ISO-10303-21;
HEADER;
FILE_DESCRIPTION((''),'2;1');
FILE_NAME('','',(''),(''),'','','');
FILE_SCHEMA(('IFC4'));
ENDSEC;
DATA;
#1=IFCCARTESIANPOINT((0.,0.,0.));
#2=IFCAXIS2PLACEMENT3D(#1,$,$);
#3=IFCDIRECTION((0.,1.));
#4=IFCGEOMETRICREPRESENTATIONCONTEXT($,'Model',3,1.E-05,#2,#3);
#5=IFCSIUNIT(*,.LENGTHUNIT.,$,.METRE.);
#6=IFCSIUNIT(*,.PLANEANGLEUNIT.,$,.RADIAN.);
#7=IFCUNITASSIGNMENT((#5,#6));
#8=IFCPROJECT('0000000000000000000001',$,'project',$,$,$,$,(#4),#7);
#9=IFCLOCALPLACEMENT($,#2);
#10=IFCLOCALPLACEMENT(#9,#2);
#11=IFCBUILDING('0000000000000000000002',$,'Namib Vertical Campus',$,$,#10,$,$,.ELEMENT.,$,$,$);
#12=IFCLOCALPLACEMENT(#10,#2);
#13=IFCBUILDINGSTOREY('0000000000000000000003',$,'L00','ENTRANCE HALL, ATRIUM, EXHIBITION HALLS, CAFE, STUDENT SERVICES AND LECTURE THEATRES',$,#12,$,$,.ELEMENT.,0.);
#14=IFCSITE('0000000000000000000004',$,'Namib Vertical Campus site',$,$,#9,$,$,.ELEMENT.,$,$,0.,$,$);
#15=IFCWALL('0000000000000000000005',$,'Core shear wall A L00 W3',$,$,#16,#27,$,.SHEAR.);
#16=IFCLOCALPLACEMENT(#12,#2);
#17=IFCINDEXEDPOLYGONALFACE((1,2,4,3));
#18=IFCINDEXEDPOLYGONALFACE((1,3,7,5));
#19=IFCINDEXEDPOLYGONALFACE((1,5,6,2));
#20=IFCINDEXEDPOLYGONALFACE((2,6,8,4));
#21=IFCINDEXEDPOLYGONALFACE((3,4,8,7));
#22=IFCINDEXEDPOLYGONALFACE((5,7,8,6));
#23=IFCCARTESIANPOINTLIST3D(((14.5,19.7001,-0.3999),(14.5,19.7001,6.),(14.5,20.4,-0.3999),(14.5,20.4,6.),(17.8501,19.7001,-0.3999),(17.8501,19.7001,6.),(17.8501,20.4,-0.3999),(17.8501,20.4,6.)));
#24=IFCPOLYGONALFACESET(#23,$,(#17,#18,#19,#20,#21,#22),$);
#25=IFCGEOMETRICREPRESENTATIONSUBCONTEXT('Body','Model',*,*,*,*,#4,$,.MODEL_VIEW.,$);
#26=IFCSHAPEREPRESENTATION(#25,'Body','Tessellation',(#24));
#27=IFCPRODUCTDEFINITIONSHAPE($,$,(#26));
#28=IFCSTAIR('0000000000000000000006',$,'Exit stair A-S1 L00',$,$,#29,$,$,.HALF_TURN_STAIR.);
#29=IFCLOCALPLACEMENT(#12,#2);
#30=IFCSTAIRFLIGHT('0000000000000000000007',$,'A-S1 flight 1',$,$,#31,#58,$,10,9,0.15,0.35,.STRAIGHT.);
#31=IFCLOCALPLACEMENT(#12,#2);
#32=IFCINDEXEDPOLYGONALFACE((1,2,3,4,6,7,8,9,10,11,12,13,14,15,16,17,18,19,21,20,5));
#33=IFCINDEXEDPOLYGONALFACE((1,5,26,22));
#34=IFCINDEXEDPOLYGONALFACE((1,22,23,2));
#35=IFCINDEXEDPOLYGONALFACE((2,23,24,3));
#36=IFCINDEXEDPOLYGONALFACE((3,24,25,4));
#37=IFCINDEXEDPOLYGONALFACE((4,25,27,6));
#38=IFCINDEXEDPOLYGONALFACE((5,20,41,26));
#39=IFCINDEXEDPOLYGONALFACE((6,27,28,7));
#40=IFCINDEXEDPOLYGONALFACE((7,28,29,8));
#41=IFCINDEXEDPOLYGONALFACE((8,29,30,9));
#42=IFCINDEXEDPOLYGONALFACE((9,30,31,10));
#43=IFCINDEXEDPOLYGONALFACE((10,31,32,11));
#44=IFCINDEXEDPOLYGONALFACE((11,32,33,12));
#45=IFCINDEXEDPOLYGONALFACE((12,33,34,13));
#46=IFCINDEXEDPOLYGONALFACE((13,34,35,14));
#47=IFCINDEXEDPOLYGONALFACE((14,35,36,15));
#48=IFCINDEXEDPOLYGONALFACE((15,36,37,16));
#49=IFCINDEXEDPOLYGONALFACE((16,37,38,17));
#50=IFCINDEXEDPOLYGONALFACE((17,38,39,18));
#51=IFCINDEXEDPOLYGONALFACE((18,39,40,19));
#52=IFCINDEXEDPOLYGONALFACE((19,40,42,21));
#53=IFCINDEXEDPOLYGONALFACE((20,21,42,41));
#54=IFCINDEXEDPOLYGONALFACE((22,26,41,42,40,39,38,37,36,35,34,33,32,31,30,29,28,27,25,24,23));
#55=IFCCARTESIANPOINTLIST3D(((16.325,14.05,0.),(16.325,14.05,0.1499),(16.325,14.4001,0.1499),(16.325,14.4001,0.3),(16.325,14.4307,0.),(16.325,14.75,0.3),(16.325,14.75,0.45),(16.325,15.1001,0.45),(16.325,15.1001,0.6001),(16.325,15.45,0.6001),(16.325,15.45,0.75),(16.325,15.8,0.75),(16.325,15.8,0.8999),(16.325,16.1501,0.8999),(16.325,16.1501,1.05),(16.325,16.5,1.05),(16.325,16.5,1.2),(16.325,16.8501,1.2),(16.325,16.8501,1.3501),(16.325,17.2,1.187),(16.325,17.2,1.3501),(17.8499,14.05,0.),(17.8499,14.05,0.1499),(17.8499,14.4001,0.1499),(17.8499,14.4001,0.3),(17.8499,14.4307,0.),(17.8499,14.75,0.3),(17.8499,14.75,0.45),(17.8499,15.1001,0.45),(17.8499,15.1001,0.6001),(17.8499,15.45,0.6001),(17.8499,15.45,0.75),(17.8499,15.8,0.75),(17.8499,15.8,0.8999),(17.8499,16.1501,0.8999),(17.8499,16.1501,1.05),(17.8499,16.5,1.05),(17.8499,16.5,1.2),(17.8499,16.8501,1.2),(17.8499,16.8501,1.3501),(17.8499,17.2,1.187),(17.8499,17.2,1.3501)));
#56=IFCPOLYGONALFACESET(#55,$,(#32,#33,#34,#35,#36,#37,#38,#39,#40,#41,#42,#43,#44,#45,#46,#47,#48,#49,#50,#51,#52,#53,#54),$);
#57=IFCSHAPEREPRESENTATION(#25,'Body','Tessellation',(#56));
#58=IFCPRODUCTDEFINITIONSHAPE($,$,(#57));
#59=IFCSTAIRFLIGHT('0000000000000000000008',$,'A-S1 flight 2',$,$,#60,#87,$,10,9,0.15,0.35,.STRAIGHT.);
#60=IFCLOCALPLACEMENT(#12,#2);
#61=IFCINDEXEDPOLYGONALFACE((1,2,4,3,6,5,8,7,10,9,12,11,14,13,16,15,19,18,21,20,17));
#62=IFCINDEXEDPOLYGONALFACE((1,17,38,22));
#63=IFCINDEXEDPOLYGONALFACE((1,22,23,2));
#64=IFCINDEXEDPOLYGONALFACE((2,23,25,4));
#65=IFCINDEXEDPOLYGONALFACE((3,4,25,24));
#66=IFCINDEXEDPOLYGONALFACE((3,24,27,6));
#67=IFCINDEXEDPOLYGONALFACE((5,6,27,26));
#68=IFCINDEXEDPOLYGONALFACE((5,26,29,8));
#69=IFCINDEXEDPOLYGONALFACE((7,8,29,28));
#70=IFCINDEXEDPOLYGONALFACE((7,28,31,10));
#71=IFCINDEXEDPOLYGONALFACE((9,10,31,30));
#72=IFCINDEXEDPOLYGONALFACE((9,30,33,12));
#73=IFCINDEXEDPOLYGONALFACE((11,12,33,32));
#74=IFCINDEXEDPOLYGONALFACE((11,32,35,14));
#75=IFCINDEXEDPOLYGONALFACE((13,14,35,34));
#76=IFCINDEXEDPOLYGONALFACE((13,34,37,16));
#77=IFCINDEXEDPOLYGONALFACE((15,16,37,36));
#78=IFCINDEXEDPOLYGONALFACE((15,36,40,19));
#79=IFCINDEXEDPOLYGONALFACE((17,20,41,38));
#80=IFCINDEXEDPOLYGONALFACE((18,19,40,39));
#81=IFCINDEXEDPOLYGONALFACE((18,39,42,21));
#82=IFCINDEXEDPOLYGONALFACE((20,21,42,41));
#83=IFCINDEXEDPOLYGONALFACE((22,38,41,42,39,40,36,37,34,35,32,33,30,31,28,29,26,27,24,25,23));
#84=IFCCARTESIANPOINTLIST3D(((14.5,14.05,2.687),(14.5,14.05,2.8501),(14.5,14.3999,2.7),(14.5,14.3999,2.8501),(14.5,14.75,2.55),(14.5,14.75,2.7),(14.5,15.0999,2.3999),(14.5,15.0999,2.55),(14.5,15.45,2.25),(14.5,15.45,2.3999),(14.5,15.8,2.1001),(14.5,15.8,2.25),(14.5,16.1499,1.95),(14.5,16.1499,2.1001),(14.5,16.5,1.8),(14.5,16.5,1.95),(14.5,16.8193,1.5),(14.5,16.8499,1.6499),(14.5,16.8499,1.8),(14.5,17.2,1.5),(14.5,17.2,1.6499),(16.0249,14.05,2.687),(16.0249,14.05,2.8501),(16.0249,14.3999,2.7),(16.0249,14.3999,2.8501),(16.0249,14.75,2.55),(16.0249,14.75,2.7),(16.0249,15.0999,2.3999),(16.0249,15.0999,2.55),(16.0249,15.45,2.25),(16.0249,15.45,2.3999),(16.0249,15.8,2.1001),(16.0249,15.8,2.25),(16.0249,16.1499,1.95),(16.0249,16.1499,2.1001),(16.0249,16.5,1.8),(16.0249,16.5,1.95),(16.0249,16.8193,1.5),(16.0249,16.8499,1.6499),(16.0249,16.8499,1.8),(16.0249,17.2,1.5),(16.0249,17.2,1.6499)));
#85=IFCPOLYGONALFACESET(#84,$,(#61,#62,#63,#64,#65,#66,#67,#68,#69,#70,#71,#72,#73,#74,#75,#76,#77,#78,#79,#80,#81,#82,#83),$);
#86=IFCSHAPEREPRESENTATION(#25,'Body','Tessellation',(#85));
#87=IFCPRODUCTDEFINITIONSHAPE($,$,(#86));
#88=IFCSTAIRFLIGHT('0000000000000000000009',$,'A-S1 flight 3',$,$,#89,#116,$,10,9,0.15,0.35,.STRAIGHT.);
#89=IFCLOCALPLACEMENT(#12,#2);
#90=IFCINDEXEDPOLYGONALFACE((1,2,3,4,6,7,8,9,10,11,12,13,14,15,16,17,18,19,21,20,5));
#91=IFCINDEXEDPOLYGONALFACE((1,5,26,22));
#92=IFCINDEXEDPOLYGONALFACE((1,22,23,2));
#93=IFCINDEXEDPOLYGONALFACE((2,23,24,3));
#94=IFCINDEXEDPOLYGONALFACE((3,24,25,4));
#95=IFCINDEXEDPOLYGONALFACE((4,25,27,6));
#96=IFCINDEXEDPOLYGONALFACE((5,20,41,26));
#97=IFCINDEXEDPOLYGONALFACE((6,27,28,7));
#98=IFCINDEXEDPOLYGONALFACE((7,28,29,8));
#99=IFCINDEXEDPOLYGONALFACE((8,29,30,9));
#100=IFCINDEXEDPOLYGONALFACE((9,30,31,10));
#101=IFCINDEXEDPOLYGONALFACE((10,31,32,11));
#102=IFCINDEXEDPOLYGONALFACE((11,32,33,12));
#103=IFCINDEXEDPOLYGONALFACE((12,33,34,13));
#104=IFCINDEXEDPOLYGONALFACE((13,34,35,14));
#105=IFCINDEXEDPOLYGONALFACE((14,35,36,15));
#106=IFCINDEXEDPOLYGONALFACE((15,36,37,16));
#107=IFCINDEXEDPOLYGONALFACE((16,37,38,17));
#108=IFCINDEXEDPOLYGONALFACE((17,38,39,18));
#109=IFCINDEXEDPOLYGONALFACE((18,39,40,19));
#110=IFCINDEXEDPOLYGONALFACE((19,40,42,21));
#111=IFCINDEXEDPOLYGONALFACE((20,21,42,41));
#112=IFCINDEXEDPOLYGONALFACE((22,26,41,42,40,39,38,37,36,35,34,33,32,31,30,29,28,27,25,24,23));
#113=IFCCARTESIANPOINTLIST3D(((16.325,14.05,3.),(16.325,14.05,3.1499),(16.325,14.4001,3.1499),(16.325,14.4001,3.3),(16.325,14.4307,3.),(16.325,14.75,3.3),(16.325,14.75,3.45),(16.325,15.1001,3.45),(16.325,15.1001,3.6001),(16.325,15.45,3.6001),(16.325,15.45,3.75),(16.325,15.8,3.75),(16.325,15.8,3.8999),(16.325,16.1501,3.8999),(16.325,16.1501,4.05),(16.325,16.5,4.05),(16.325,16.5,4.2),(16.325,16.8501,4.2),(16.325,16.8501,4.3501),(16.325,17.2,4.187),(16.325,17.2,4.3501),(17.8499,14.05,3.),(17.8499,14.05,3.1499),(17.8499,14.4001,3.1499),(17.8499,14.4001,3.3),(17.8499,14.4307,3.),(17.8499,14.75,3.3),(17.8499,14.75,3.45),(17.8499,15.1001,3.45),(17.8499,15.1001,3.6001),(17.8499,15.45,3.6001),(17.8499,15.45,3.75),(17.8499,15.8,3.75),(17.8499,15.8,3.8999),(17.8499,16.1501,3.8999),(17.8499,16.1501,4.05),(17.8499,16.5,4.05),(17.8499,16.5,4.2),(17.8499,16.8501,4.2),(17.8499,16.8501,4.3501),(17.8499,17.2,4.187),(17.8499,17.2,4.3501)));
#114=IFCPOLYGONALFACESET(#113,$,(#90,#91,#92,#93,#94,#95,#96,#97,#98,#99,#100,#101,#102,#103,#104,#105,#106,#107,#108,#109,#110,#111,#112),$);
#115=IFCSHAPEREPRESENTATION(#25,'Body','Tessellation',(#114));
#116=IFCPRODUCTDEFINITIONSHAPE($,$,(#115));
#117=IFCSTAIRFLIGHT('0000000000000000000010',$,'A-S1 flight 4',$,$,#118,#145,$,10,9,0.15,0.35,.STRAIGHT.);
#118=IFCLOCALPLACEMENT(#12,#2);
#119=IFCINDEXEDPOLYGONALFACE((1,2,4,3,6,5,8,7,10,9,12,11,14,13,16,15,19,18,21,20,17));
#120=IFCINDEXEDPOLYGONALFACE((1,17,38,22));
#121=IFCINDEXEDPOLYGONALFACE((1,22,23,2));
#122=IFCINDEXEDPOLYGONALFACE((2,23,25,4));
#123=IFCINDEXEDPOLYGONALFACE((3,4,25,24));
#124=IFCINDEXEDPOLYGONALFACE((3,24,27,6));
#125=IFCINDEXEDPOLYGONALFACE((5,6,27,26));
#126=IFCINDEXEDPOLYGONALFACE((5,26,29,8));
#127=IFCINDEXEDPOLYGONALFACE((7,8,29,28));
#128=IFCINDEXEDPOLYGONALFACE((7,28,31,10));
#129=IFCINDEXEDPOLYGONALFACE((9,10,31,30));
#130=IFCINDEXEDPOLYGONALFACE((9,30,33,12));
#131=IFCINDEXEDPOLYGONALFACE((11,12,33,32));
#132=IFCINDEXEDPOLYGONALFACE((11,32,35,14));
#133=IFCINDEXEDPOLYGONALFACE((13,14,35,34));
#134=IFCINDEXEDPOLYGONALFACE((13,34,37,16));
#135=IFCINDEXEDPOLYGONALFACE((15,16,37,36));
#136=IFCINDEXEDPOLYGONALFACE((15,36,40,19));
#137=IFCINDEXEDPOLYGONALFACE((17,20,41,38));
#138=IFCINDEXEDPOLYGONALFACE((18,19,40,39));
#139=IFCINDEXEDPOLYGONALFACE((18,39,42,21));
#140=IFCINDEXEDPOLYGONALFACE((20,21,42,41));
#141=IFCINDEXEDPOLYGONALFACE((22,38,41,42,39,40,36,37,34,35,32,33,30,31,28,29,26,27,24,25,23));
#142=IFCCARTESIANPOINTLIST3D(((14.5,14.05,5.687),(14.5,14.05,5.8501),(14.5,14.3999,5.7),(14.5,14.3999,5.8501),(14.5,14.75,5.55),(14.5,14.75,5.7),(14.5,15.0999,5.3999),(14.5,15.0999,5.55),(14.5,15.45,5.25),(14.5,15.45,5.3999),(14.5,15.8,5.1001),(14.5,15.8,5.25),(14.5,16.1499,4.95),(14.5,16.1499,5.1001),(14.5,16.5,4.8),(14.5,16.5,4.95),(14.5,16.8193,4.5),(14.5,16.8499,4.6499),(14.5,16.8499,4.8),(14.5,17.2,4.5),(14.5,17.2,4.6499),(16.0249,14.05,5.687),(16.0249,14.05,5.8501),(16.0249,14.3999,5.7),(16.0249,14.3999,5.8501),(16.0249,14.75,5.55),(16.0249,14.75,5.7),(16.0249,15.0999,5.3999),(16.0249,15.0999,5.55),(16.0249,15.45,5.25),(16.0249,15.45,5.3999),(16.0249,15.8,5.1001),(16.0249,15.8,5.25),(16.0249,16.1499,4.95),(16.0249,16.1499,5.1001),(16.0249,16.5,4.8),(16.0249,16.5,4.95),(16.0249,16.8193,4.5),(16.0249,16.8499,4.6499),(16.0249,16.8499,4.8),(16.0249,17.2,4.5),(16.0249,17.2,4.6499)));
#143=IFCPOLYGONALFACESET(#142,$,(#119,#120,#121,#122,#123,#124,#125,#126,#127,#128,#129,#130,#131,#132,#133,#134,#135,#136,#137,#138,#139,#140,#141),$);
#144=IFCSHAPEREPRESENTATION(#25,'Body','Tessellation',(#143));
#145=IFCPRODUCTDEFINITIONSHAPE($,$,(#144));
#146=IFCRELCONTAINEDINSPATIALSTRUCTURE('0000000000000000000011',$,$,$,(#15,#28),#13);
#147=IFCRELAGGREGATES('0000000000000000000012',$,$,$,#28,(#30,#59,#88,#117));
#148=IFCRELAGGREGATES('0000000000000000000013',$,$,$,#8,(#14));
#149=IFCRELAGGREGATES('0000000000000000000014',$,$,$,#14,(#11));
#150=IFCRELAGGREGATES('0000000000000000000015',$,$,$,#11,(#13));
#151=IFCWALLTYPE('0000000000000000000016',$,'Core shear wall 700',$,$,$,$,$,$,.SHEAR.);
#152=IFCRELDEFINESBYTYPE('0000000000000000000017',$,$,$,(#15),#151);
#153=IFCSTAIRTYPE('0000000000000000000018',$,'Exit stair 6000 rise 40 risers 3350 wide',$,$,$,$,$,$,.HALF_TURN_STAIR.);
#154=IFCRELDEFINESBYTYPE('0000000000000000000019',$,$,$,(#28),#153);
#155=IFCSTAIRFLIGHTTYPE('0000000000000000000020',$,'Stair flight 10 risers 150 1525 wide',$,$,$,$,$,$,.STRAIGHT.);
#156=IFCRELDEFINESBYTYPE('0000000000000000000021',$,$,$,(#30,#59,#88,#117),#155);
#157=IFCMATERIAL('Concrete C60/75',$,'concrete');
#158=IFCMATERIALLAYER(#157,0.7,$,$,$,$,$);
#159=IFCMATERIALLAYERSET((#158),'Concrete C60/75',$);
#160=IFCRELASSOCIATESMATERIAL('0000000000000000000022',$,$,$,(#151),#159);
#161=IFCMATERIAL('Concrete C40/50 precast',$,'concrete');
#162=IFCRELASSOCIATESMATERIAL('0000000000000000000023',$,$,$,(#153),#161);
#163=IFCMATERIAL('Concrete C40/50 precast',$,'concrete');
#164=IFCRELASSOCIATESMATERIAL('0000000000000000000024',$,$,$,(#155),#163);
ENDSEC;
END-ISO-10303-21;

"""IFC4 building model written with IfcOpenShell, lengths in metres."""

from ifc_helpers import new_model, si_unit, direction, frame, frame_2d, origin, place, context, subcontext, project, spatial, polyline, rectangle, outline, extrude, material, layer, layer_set, type_object, element, aggregate, save


model = new_model("IFC4")

# Units and contexts
model_context = context("Model", 3, precision=1e-05, world=origin(), true_north=direction((0.0, 1.0)))
body_context = subcontext(model_context, "Body", "Model", "MODEL_VIEW")
ifc_project = project(units=[si_unit("LENGTHUNIT", "METRE"), si_unit("PLANEANGLEUNIT", "RADIAN")], contexts=[model_context])

# Site, building, storey
site_placement = place(None, origin())
site = spatial("IfcSite", under=ifc_project, at=site_placement, Name="Namib Vertical Campus site", CompositionType="ELEMENT", RefElevation=0.0)
building_placement = place(site_placement, origin())
building = spatial("IfcBuilding", under=site, at=building_placement, Name="Namib Vertical Campus", CompositionType="ELEMENT")
storey_placement = place(building_placement, origin())
storey = spatial("IfcBuildingStorey", under=building, at=storey_placement, Name="L00", Description="ENTRANCE HALL, ATRIUM, EXHIBITION HALLS, CAFE, STUDENT SERVICES AND LECTURE THEATRES", CompositionType="ELEMENT", Elevation=0.0)

# Wall
ifc_material_1 = material(Name="Concrete C60/75", Category="concrete")
ifc_layer_1 = layer(ifc_material_1, 0.7)
ifc_layer_set_1 = layer_set([ifc_layer_1], Name="Concrete C60/75")
wall_type_1 = type_object("IfcWallType", Name="Core shear wall 700", PredefinedType="SHEAR", material=ifc_layer_set_1)
wall_1_placement = place(storey_placement, frame((14.5, 20.05, -0.3999), z_axis=(0.0, 0.0, 1.0), x_axis=(1.0, 0.0, 0.0)))
element("IfcWall", 1, at=wall_1_placement, inside=storey, type_object=wall_type_1, Name="Core shear wall A L00 W3", PredefinedType="SHEAR", context=body_context, shape_type="SweptSolid", body=[
    extrude(rectangle(XDim=3.3501, YDim=0.7, at=frame_2d((1.675, 0.0))), origin(), (0.0, 0.0, 1.0), 6.3999),
])

# Stair, stair flights
ifc_material_2 = material(Name="Concrete C40/50 precast", Category="concrete")
stair_type = type_object("IfcStairType", Name="Exit stair 6000 rise 40 risers 3350 wide", PredefinedType="HALF_TURN_STAIR", material=ifc_material_2)
stair_placement = place(storey_placement, origin())
stair = element("IfcStair", 2, at=stair_placement, inside=storey, type_object=stair_type, Name="Exit stair A-S1 L00", PredefinedType="HALF_TURN_STAIR")
ifc_material_3 = material(Name="Concrete C40/50 precast", Category="concrete")
stair_flight_type = type_object("IfcStairFlightType", Name="Stair flight 10 risers 150 1525 wide", PredefinedType="STRAIGHT", material=ifc_material_3)
stair_flight_1_placement = place(storey_placement, frame((17.0874, 14.05, 0.0), z_axis=(0.0, 0.0, 1.0), x_axis=(0.0, 1.0, 0.0)))
stair_flight_1 = element("IfcStairFlight", 3, at=stair_flight_1_placement, type_object=stair_flight_type, Name="A-S1 flight 1", NumberOfRisers=10, NumberOfTreads=9, PredefinedType="STRAIGHT", RiserHeight=0.15, TreadLength=0.35, context=body_context, shape_type="SweptSolid", body=[
    extrude(outline(polyline([(0.0, 0.0), (0.0, 0.1499), (0.3501, 0.1499), (0.3501, 0.3), (0.7, 0.3), (0.7, 0.45), (1.05, 0.45), (1.05, 0.6001), (1.3999, 0.6001), (1.3999, 0.75), (1.75, 0.75), (1.75, 0.8999), (2.1001, 0.8999), (2.1001, 1.05), (2.45, 1.05), (2.45, 1.2), (2.8, 1.2), (2.8, 1.3501), (3.1499, 1.3501), (3.1499, 1.5), (3.1499, 1.187), (0.3806, 0.0), (0.0, 0.0)])), frame((0.0, 0.7625, 0.0), z_axis=(0.0, -1.0, 0.0), x_axis=(1.0, 0.0, 0.0)), (0.0, 0.0, 1.0), 1.5249),
])
stair_flight_2_placement = place(storey_placement, frame((15.2625, 17.2, 1.5), z_axis=(0.0, 0.0, 1.0), x_axis=(0.0, -1.0, 0.0)))
stair_flight_2 = element("IfcStairFlight", 4, at=stair_flight_2_placement, type_object=stair_flight_type, Name="A-S1 flight 2", NumberOfRisers=10, NumberOfTreads=9, PredefinedType="STRAIGHT", RiserHeight=0.15, TreadLength=0.35, context=body_context, shape_type="SweptSolid", body=[
    extrude(outline(polyline([(0.0, 0.0), (0.0, 0.1499), (0.3501, 0.1499), (0.3501, 0.3), (0.7, 0.3), (0.7, 0.45), (1.05, 0.45), (1.05, 0.6001), (1.3999, 0.6001), (1.3999, 0.75), (1.75, 0.75), (1.75, 0.8999), (2.1001, 0.8999), (2.1001, 1.05), (2.45, 1.05), (2.45, 1.2), (2.8, 1.2), (2.8, 1.3501), (3.1499, 1.3501), (3.1499, 1.5), (3.1499, 1.187), (0.3806, 0.0), (0.0, 0.0)])), frame((0.0, 0.7625, 0.0), z_axis=(0.0, -1.0, 0.0), x_axis=(1.0, 0.0, 0.0)), (0.0, 0.0, 1.0), 1.5249),
])
stair_flight_3_placement = place(storey_placement, frame((17.0874, 14.05, 3.0), z_axis=(0.0, 0.0, 1.0), x_axis=(0.0, 1.0, 0.0)))
stair_flight_3 = element("IfcStairFlight", 5, at=stair_flight_3_placement, type_object=stair_flight_type, Name="A-S1 flight 3", NumberOfRisers=10, NumberOfTreads=9, PredefinedType="STRAIGHT", RiserHeight=0.15, TreadLength=0.35, context=body_context, shape_type="SweptSolid", body=[
    extrude(outline(polyline([(0.0, 0.0), (0.0, 0.1499), (0.3501, 0.1499), (0.3501, 0.3), (0.7, 0.3), (0.7, 0.45), (1.05, 0.45), (1.05, 0.6001), (1.3999, 0.6001), (1.3999, 0.75), (1.75, 0.75), (1.75, 0.8999), (2.1001, 0.8999), (2.1001, 1.05), (2.45, 1.05), (2.45, 1.2), (2.8, 1.2), (2.8, 1.3501), (3.1499, 1.3501), (3.1499, 1.5), (3.1499, 1.187), (0.3806, 0.0), (0.0, 0.0)])), frame((0.0, 0.7625, 0.0), z_axis=(0.0, -1.0, 0.0), x_axis=(1.0, 0.0, 0.0)), (0.0, 0.0, 1.0), 1.5249),
])
stair_flight_4_placement = place(storey_placement, frame((15.2625, 17.2, 4.5), z_axis=(0.0, 0.0, 1.0), x_axis=(0.0, -1.0, 0.0)))
stair_flight_4 = element("IfcStairFlight", 6, at=stair_flight_4_placement, type_object=stair_flight_type, Name="A-S1 flight 4", NumberOfRisers=10, NumberOfTreads=9, PredefinedType="STRAIGHT", RiserHeight=0.15, TreadLength=0.35, context=body_context, shape_type="SweptSolid", body=[
    extrude(outline(polyline([(0.0, 0.0), (0.0, 0.1499), (0.3501, 0.1499), (0.3501, 0.3), (0.7, 0.3), (0.7, 0.45), (1.05, 0.45), (1.05, 0.6001), (1.3999, 0.6001), (1.3999, 0.75), (1.75, 0.75), (1.75, 0.8999), (2.1001, 0.8999), (2.1001, 1.05), (2.45, 1.05), (2.45, 1.2), (2.8, 1.2), (2.8, 1.3501), (3.1499, 1.3501), (3.1499, 1.5), (3.1499, 1.187), (0.3806, 0.0), (0.0, 0.0)])), frame((0.0, 0.7625, 0.0), z_axis=(0.0, -1.0, 0.0), x_axis=(1.0, 0.0, 0.0)), (0.0, 0.0, 1.0), 1.5249),
])
aggregate(stair, [stair_flight_1, stair_flight_2, stair_flight_3, stair_flight_4])

save(model, "model.ifc")
